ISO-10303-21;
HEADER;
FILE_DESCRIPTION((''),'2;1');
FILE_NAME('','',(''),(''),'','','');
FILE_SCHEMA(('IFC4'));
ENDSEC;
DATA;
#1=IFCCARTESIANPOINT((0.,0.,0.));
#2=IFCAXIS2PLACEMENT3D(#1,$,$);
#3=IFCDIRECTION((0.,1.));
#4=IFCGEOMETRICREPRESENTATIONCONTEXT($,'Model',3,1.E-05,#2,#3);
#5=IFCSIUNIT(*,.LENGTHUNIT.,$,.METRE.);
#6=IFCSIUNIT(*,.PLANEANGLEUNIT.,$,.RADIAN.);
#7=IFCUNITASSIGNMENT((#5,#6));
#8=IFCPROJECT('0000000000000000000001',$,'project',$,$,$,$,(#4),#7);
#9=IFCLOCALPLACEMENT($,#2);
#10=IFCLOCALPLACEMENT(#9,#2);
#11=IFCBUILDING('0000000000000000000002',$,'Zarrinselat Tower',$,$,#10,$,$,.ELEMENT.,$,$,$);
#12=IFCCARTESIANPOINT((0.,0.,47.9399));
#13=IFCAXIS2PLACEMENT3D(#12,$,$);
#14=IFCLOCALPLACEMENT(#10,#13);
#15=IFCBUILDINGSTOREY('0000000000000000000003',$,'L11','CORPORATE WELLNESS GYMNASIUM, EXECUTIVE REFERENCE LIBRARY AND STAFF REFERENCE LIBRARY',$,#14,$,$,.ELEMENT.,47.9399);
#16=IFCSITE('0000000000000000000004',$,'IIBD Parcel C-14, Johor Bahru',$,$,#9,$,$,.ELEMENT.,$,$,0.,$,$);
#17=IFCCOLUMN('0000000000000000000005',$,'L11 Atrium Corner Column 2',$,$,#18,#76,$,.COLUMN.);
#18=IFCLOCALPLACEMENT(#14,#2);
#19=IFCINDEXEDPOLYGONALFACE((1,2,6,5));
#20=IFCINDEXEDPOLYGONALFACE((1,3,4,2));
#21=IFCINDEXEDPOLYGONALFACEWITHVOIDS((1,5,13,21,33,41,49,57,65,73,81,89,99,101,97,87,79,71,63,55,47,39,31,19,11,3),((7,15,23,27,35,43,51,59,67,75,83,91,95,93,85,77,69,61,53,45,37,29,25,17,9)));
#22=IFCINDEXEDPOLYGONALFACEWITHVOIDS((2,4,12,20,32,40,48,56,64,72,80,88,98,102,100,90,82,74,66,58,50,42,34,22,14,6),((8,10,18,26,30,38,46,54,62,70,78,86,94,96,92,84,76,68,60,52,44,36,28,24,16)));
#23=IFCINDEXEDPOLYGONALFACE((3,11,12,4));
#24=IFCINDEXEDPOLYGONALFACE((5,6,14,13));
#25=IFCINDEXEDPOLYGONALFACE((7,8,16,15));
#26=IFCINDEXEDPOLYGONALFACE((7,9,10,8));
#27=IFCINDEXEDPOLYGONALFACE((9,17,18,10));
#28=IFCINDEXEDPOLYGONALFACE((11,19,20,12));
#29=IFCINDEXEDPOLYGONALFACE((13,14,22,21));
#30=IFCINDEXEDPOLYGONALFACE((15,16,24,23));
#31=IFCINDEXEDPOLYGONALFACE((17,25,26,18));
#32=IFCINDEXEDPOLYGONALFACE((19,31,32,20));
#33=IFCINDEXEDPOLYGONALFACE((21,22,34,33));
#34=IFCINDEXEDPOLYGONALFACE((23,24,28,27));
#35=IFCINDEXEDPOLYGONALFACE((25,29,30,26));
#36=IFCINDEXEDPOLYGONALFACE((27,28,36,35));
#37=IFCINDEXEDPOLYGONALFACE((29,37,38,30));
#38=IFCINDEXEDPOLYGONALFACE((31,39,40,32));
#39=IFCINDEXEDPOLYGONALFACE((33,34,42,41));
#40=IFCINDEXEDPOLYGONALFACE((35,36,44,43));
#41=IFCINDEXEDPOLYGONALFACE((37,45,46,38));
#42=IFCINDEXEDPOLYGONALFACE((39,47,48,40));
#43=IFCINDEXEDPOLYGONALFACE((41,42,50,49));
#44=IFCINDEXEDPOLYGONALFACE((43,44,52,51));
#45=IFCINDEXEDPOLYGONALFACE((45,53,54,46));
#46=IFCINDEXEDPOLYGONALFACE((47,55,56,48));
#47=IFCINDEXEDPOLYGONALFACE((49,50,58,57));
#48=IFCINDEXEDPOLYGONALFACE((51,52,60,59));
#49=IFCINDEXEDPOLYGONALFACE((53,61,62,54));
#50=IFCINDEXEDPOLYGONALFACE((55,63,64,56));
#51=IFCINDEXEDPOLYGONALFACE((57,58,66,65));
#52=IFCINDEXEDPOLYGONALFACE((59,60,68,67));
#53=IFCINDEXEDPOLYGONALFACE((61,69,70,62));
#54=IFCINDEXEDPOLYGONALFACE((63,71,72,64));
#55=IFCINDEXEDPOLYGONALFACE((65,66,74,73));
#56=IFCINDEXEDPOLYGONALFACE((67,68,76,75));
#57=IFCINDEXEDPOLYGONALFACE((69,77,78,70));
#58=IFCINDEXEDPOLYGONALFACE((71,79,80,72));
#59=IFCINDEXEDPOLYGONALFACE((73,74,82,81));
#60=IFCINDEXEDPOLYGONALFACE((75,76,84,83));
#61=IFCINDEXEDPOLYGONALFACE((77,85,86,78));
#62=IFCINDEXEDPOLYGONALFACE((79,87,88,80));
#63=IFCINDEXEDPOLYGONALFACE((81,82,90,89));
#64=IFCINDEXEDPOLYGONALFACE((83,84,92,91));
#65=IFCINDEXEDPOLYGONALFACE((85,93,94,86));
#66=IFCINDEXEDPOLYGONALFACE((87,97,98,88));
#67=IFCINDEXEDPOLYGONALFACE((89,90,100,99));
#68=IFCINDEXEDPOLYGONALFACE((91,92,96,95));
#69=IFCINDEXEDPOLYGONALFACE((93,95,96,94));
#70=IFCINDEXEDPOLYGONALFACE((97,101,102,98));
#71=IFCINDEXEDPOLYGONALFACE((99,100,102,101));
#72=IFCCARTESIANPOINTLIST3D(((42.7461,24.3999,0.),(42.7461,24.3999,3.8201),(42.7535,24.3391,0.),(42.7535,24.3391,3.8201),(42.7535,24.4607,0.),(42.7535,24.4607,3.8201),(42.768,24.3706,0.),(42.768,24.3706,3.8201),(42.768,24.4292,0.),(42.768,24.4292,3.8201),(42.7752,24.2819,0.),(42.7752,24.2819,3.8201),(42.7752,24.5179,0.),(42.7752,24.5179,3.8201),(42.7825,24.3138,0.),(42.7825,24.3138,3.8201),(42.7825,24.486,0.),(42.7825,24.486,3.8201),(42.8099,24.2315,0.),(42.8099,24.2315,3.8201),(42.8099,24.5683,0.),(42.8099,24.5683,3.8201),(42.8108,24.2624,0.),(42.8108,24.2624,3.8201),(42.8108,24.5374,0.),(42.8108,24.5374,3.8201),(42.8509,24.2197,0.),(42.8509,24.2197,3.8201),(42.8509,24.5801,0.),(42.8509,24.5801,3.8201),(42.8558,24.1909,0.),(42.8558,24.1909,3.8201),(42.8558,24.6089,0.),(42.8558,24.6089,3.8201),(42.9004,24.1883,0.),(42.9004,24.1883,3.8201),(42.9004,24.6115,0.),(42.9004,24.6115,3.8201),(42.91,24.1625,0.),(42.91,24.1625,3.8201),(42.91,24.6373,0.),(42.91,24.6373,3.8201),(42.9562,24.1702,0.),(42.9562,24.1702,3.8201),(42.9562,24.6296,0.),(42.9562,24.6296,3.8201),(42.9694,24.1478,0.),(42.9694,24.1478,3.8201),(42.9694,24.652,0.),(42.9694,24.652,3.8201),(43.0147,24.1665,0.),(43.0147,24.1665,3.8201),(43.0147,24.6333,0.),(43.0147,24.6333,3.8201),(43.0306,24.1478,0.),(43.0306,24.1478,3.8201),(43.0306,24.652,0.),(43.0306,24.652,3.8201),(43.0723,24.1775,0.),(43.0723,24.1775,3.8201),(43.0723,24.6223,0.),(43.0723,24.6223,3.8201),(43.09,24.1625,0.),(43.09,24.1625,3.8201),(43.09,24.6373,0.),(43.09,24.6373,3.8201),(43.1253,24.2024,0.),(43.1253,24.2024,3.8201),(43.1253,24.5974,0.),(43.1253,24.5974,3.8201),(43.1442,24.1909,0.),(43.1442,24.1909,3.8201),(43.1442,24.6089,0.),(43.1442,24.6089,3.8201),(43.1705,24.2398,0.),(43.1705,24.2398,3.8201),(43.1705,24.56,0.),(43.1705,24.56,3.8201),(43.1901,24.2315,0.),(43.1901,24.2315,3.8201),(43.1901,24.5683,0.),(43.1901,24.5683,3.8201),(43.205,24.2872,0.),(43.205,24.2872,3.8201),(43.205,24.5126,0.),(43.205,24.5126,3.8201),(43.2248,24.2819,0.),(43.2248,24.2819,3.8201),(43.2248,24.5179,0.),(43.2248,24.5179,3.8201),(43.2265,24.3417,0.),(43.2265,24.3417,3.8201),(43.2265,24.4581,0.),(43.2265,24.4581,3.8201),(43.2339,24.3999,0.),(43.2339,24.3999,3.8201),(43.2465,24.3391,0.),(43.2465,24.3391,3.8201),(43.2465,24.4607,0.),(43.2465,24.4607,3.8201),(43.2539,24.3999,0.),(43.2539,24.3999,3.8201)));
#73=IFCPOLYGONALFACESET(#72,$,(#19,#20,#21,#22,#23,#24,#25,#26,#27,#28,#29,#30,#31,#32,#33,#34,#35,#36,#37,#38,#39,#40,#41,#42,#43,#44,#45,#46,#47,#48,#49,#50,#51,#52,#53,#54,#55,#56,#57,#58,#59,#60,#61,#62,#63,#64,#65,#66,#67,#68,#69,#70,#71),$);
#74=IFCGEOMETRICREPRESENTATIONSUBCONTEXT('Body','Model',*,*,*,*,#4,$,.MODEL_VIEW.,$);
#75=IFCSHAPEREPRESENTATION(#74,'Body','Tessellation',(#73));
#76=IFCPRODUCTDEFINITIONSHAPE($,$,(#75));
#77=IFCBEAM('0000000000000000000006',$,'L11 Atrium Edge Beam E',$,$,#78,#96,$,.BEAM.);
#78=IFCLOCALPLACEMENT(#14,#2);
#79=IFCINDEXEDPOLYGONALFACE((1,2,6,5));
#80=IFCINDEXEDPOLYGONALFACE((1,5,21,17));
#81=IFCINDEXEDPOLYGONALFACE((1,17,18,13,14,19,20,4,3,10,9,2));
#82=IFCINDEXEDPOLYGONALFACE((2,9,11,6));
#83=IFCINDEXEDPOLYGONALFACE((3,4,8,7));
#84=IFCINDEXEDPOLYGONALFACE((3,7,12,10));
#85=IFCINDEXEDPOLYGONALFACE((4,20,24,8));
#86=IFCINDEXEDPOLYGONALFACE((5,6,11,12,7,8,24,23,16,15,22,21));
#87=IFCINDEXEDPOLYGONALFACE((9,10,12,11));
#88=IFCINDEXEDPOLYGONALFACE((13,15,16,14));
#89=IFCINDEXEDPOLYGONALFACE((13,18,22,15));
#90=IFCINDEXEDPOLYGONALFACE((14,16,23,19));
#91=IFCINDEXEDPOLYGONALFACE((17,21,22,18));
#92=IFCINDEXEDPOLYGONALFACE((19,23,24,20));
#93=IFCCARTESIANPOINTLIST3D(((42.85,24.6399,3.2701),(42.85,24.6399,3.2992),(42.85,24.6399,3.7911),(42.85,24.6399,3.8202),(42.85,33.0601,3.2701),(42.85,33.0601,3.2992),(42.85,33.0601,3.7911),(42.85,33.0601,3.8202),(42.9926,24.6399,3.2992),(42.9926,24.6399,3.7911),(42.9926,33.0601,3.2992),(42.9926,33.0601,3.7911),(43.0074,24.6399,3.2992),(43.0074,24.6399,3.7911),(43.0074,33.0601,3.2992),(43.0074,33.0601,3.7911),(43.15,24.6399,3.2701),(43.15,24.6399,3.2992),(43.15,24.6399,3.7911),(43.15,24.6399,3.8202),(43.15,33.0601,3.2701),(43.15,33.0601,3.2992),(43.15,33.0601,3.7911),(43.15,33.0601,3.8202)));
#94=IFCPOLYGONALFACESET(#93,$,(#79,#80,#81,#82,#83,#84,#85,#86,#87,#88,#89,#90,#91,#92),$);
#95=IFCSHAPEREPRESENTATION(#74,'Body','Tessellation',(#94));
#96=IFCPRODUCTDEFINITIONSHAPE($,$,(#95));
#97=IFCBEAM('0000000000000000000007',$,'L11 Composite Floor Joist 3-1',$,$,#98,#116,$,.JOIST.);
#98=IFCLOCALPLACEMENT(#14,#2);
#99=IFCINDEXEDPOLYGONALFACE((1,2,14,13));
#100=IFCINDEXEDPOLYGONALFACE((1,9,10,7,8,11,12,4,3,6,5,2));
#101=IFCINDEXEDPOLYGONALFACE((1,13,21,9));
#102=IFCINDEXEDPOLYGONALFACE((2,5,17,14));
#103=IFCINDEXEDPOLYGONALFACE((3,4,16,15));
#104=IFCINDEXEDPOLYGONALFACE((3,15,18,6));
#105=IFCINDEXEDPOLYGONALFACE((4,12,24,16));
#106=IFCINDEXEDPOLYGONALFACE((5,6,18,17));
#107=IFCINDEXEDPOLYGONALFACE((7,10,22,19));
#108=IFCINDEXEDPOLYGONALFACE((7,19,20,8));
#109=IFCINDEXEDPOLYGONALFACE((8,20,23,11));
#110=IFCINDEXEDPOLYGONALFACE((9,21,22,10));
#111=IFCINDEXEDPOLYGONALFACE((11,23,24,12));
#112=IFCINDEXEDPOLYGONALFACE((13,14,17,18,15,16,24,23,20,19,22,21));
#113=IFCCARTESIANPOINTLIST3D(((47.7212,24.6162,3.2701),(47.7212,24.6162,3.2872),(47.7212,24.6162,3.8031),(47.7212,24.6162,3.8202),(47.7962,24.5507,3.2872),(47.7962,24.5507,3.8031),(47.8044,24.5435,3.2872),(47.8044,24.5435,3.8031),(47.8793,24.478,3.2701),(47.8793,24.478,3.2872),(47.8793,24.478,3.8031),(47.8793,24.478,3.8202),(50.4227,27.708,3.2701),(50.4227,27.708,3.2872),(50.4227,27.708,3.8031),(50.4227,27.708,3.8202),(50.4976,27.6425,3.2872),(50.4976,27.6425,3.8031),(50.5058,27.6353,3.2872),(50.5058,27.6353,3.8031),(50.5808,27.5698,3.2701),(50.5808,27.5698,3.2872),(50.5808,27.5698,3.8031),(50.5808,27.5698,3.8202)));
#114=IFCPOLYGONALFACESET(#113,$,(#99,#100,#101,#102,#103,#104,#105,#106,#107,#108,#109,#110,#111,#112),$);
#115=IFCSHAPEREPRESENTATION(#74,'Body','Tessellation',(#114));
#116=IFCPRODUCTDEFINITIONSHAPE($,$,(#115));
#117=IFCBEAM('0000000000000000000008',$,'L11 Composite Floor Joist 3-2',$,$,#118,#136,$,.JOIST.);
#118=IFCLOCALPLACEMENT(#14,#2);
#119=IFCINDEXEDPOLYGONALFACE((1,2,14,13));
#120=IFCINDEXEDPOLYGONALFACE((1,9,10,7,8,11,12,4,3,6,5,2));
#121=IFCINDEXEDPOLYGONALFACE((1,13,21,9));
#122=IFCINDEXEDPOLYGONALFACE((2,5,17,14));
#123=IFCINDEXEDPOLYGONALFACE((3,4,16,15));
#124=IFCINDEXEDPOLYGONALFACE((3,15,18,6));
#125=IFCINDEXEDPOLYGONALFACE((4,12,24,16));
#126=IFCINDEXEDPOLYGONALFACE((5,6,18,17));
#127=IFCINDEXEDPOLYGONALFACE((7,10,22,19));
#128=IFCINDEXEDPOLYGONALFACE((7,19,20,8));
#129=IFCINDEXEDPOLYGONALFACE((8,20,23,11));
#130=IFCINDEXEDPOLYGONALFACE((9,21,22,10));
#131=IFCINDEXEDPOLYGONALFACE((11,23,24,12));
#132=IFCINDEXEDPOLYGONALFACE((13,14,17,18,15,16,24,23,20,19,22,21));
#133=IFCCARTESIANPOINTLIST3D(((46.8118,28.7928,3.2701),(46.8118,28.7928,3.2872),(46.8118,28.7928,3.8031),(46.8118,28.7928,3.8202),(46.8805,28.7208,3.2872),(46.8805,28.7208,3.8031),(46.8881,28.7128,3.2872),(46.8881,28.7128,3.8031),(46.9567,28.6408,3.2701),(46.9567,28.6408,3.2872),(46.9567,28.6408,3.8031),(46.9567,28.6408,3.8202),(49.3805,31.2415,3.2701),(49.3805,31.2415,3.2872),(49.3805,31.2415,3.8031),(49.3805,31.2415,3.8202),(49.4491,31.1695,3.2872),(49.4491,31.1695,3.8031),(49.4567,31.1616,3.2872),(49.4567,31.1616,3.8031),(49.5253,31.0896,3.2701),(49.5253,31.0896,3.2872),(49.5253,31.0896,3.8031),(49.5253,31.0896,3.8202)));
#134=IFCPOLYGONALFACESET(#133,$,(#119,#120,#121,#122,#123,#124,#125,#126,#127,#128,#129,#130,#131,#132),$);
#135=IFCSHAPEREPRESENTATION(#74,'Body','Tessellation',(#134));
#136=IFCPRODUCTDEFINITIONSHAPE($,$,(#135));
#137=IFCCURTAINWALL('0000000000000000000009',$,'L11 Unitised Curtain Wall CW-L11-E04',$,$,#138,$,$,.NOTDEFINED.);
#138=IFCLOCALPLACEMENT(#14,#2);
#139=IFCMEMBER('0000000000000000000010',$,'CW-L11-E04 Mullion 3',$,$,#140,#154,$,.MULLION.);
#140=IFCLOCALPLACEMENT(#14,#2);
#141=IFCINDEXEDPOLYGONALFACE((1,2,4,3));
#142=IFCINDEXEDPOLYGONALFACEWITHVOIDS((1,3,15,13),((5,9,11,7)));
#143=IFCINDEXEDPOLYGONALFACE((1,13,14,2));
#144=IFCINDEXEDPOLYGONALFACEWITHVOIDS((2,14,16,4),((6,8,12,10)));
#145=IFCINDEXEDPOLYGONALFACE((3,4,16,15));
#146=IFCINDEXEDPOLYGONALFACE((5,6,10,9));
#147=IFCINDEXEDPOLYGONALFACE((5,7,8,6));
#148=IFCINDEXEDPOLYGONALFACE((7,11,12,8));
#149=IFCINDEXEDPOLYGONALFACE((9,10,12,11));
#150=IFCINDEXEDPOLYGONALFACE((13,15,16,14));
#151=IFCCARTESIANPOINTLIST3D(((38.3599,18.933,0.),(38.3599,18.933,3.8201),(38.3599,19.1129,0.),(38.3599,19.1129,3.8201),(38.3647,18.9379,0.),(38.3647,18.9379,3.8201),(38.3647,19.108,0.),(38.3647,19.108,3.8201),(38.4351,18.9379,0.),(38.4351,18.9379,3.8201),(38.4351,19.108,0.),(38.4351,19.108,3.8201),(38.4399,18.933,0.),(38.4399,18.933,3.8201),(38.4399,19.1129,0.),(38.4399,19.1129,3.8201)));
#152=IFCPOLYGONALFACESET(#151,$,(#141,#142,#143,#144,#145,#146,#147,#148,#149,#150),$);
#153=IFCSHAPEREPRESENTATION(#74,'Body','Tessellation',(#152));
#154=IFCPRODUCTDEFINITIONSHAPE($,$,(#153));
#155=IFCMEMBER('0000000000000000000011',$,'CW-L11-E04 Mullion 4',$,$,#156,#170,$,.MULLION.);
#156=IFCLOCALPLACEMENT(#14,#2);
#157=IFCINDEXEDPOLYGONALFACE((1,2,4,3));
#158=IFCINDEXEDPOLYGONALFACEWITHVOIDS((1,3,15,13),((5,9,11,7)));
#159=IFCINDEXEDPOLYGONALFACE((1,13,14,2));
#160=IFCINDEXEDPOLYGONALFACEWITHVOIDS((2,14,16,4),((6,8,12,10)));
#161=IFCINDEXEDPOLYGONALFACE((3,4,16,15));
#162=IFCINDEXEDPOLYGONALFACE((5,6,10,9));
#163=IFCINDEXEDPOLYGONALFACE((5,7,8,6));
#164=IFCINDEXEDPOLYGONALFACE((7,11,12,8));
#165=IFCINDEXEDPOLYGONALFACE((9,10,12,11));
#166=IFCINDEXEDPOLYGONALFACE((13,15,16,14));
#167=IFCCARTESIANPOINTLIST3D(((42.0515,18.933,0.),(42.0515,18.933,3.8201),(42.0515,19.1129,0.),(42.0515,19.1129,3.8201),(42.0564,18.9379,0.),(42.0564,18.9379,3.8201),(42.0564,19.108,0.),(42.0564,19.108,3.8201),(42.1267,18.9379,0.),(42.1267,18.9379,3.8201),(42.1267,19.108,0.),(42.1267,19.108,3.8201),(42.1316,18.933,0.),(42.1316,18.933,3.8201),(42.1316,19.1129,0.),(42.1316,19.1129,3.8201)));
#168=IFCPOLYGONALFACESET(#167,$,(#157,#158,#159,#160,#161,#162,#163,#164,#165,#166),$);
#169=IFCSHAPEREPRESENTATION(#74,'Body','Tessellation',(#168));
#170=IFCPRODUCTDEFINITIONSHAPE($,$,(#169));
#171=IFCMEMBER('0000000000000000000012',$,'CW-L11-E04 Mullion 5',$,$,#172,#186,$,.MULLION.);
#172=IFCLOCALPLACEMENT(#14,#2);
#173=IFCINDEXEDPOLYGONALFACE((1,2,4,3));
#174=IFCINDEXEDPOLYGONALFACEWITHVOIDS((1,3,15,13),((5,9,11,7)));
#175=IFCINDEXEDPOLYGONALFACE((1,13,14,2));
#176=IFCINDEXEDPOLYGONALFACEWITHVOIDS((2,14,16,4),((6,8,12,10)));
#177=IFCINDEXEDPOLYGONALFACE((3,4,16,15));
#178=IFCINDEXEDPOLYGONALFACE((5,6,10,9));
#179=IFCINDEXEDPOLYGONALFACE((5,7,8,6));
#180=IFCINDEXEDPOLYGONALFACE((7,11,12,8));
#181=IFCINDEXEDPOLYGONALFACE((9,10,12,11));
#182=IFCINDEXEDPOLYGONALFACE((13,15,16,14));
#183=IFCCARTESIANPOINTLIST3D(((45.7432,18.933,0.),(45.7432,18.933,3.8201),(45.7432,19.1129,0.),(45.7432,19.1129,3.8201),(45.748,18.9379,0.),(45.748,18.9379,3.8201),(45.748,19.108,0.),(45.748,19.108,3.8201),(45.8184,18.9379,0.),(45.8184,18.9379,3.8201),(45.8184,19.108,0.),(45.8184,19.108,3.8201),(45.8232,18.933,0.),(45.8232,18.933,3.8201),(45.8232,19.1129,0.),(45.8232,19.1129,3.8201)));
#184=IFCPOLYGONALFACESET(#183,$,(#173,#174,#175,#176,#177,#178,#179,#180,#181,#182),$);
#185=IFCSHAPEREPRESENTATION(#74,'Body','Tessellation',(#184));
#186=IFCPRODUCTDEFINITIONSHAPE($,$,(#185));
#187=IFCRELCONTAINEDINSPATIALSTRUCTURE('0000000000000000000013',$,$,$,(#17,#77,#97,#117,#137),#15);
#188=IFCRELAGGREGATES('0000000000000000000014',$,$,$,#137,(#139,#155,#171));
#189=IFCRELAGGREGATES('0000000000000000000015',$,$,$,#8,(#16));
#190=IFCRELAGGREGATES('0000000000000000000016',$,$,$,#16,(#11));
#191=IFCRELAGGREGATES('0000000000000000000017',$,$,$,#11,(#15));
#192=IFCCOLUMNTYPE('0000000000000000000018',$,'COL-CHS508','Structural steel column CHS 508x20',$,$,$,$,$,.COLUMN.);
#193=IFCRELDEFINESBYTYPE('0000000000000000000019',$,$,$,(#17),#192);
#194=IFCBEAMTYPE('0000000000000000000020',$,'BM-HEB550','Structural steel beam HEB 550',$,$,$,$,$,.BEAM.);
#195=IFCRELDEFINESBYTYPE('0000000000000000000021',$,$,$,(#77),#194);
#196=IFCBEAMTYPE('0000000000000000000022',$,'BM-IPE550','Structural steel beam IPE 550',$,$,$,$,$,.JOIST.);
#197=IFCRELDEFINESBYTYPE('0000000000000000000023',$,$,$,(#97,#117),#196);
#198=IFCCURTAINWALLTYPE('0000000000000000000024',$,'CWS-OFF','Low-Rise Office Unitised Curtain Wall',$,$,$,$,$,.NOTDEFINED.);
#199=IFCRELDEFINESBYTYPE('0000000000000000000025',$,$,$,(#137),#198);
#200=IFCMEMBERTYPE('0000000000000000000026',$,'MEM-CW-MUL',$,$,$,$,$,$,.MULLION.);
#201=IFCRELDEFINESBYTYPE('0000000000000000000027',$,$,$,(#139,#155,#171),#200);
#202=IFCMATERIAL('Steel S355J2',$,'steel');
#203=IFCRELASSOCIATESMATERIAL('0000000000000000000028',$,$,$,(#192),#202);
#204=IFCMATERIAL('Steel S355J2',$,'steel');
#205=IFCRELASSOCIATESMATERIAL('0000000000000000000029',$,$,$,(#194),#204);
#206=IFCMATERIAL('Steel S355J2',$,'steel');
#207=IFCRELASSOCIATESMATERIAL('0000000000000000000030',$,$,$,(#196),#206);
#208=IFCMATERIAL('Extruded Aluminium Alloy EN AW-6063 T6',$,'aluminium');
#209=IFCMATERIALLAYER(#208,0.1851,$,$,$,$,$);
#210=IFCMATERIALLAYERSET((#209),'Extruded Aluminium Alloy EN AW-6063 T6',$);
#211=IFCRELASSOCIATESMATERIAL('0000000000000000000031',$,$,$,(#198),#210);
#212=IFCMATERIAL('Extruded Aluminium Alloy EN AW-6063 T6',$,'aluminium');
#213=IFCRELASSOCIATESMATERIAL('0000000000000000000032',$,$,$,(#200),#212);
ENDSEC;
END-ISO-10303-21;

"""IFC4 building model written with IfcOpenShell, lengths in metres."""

from ifc_helpers import new_model, si_unit, direction, frame, origin, origin_2d, place, context, subcontext, project, spatial, hollow_rectangle, hollow_circle, i_section, extrude, material, layer, layer_set, material_profile, profile_set, type_object, element, aggregate, save


model = new_model("IFC4")

# Units and contexts
model_context = context("Model", 3, precision=1e-05, world=origin(), true_north=direction((0.0, 1.0)))
body_context = subcontext(model_context, "Body", "Model", "MODEL_VIEW")
ifc_project = project(units=[si_unit("LENGTHUNIT", "METRE"), si_unit("PLANEANGLEUNIT", "RADIAN")], contexts=[model_context])

# Site, building, storey
site_placement = place(None, origin())
site = spatial("IfcSite", under=ifc_project, at=site_placement, Name="IIBD Parcel C-14, Johor Bahru", CompositionType="ELEMENT", RefElevation=0.0)
building_placement = place(site_placement, origin())
building = spatial("IfcBuilding", under=site, at=building_placement, Name="Zarrinselat Tower", CompositionType="ELEMENT")
storey_placement = place(building_placement, frame((0.0, 0.0, 47.9399)))
storey = spatial("IfcBuildingStorey", under=building, at=storey_placement, Name="L11", Description="CORPORATE WELLNESS GYMNASIUM, EXECUTIVE REFERENCE LIBRARY AND STAFF REFERENCE LIBRARY", CompositionType="ELEMENT", Elevation=47.9399)

# Column
ifc_material_1 = material(Name="Steel S355J2", Category="steel")
ifc_material_profile_1 = material_profile(ifc_material_1, hollow_circle(Radius=0.2539, WallThickness=0.02, at=origin_2d()), Name="CHS 508x20")
ifc_profile_set_1 = profile_set([ifc_material_profile_1], Name="Steel S355J2")
column_type = type_object("IfcColumnType", Name="COL-CHS508", Description="Structural steel column CHS 508x20", PredefinedType="COLUMN", material=ifc_profile_set_1)
column_placement = place(storey_placement, frame((43.0, 24.3999, 0.0), z_axis=(0.0, 0.0, 1.0), x_axis=(1.0, 0.0, 0.0)))
element("IfcColumn", 1, at=column_placement, inside=storey, type_object=column_type, Name="L11 Atrium Corner Column 2", PredefinedType="COLUMN", context=body_context, shape_type="SweptSolid", body=[
    extrude(hollow_circle(Radius=0.2539, WallThickness=0.02, at=origin_2d()), origin(), (0.0, 0.0, 1.0), 3.8201),
])

# Beams
ifc_material_2 = material(Name="Steel S355J2", Category="steel")
ifc_material_profile_2 = material_profile(ifc_material_2, i_section(OverallWidth=0.3, OverallDepth=0.55, WebThickness=0.0149, FlangeThickness=0.0291, at=origin_2d()), Name="HEB 550")
ifc_profile_set_2 = profile_set([ifc_material_profile_2], Name="Steel S355J2")
beam_type_1 = type_object("IfcBeamType", Name="BM-HEB550", Description="Structural steel beam HEB 550", PredefinedType="BEAM", material=ifc_profile_set_2)
beam_1_placement = place(storey_placement, frame((43.0, 24.6399, 3.5452), z_axis=(0.0, 1.0, 0.0), x_axis=(-1.0, 0.0, 0.0)))
element("IfcBeam", 2, at=beam_1_placement, inside=storey, type_object=beam_type_1, Name="L11 Atrium Edge Beam E", PredefinedType="BEAM", context=body_context, shape_type="SweptSolid", body=[
    extrude(i_section(OverallWidth=0.3, OverallDepth=0.55, WebThickness=0.0149, FlangeThickness=0.0291, at=origin_2d()), origin(), (0.0, 0.0, 1.0), 8.4202),
])
ifc_material_3 = material(Name="Steel S355J2", Category="steel")
ifc_material_profile_3 = material_profile(ifc_material_3, i_section(OverallWidth=0.21, OverallDepth=0.55, WebThickness=0.011, FlangeThickness=0.0171, at=origin_2d()), Name="IPE 550")
ifc_profile_set_3 = profile_set([ifc_material_profile_3], Name="Steel S355J2")
beam_type_2 = type_object("IfcBeamType", Name="BM-IPE550", Description="Structural steel beam IPE 550", PredefinedType="JOIST", material=ifc_profile_set_3)
beam_2_placement = place(storey_placement, frame((47.8003, 24.5471, 3.5452), z_axis=(0.657966, 0.753048, 0.0), x_axis=(-0.753048, 0.657966, 0.0)))
element("IfcBeam", 3, at=beam_2_placement, inside=storey, type_object=beam_type_2, Name="L11 Composite Floor Joist 3-1", PredefinedType="JOIST", context=body_context, shape_type="SweptSolid", body=[
    extrude(i_section(OverallWidth=0.21, OverallDepth=0.55, WebThickness=0.011, FlangeThickness=0.0171, at=origin_2d()), origin(), (0.0, 0.0, 1.0), 4.1057),
])
beam_3_placement = place(storey_placement, frame((46.8843, 28.7168, 3.5452), z_axis=(0.723794, 0.690016, 0.0), x_axis=(-0.690016, 0.723794, 0.0)))
element("IfcBeam", 4, at=beam_3_placement, inside=storey, type_object=beam_type_2, Name="L11 Composite Floor Joist 3-2", PredefinedType="JOIST", context=body_context, shape_type="SweptSolid", body=[
    extrude(i_section(OverallWidth=0.21, OverallDepth=0.55, WebThickness=0.011, FlangeThickness=0.0171, at=origin_2d()), origin(), (0.0, 0.0, 1.0), 3.5488),
])

# Curtain wall, members
ifc_material_4 = material(Name="Extruded Aluminium Alloy EN AW-6063 T6", Category="aluminium")
ifc_layer_1 = layer(ifc_material_4, 0.1851)
ifc_layer_set_1 = layer_set([ifc_layer_1], Name="Extruded Aluminium Alloy EN AW-6063 T6")
curtain_wall_type = type_object("IfcCurtainWallType", Name="CWS-OFF", Description="Low-Rise Office Unitised Curtain Wall", PredefinedType="NOTDEFINED", material=ifc_layer_set_1)
curtain_wall_placement = place(storey_placement, origin())
curtain_wall = element("IfcCurtainWall", 5, at=curtain_wall_placement, inside=storey, type_object=curtain_wall_type, Name="L11 Unitised Curtain Wall CW-L11-E04", PredefinedType="NOTDEFINED")
ifc_material_5 = material(Name="Extruded Aluminium Alloy EN AW-6063 T6", Category="aluminium")
ifc_material_profile_4 = material_profile(ifc_material_5, hollow_rectangle(XDim=0.0801, YDim=0.1799, WallThickness=0.0049, at=origin_2d()), Name="RHS 180x80x5")
ifc_profile_set_4 = profile_set([ifc_material_profile_4], Name="Extruded Aluminium Alloy EN AW-6063 T6")
member_type_1 = type_object("IfcMemberType", Name="MEM-CW-MUL", PredefinedType="MULLION", material=ifc_profile_set_4)
member_1_placement = place(storey_placement, frame((38.3999, 19.0229, 0.0), z_axis=(0.0, 0.0, 1.0), x_axis=(1.0, 0.0, 0.0)))
member_1 = element("IfcMember", 6, at=member_1_placement, type_object=member_type_1, Name="CW-L11-E04 Mullion 3", PredefinedType="MULLION", context=body_context, shape_type="SweptSolid", body=[
    extrude(hollow_rectangle(XDim=0.0801, YDim=0.1799, WallThickness=0.0049, at=origin_2d()), origin(), (0.0, 0.0, 1.0), 3.8201),
])
member_2_placement = place(storey_placement, frame((42.0916, 19.0229, 0.0), z_axis=(0.0, 0.0, 1.0), x_axis=(1.0, 0.0, 0.0)))
member_2 = element("IfcMember", 7, at=member_2_placement, type_object=member_type_1, Name="CW-L11-E04 Mullion 4", PredefinedType="MULLION", context=body_context, shape_type="SweptSolid", body=[
    extrude(hollow_rectangle(XDim=0.0801, YDim=0.1799, WallThickness=0.0049, at=origin_2d()), origin(), (0.0, 0.0, 1.0), 3.8201),
])
member_3_placement = place(storey_placement, frame((45.7832, 19.0229, 0.0), z_axis=(0.0, 0.0, 1.0), x_axis=(1.0, 0.0, 0.0)))
member_3 = element("IfcMember", 8, at=member_3_placement, type_object=member_type_1, Name="CW-L11-E04 Mullion 5", PredefinedType="MULLION", context=body_context, shape_type="SweptSolid", body=[
    extrude(hollow_rectangle(XDim=0.0801, YDim=0.1799, WallThickness=0.0049, at=origin_2d()), origin(), (0.0, 0.0, 1.0), 3.8201),
])
aggregate(curtain_wall, [member_1, member_2, member_3])

save(model, "model.ifc")
